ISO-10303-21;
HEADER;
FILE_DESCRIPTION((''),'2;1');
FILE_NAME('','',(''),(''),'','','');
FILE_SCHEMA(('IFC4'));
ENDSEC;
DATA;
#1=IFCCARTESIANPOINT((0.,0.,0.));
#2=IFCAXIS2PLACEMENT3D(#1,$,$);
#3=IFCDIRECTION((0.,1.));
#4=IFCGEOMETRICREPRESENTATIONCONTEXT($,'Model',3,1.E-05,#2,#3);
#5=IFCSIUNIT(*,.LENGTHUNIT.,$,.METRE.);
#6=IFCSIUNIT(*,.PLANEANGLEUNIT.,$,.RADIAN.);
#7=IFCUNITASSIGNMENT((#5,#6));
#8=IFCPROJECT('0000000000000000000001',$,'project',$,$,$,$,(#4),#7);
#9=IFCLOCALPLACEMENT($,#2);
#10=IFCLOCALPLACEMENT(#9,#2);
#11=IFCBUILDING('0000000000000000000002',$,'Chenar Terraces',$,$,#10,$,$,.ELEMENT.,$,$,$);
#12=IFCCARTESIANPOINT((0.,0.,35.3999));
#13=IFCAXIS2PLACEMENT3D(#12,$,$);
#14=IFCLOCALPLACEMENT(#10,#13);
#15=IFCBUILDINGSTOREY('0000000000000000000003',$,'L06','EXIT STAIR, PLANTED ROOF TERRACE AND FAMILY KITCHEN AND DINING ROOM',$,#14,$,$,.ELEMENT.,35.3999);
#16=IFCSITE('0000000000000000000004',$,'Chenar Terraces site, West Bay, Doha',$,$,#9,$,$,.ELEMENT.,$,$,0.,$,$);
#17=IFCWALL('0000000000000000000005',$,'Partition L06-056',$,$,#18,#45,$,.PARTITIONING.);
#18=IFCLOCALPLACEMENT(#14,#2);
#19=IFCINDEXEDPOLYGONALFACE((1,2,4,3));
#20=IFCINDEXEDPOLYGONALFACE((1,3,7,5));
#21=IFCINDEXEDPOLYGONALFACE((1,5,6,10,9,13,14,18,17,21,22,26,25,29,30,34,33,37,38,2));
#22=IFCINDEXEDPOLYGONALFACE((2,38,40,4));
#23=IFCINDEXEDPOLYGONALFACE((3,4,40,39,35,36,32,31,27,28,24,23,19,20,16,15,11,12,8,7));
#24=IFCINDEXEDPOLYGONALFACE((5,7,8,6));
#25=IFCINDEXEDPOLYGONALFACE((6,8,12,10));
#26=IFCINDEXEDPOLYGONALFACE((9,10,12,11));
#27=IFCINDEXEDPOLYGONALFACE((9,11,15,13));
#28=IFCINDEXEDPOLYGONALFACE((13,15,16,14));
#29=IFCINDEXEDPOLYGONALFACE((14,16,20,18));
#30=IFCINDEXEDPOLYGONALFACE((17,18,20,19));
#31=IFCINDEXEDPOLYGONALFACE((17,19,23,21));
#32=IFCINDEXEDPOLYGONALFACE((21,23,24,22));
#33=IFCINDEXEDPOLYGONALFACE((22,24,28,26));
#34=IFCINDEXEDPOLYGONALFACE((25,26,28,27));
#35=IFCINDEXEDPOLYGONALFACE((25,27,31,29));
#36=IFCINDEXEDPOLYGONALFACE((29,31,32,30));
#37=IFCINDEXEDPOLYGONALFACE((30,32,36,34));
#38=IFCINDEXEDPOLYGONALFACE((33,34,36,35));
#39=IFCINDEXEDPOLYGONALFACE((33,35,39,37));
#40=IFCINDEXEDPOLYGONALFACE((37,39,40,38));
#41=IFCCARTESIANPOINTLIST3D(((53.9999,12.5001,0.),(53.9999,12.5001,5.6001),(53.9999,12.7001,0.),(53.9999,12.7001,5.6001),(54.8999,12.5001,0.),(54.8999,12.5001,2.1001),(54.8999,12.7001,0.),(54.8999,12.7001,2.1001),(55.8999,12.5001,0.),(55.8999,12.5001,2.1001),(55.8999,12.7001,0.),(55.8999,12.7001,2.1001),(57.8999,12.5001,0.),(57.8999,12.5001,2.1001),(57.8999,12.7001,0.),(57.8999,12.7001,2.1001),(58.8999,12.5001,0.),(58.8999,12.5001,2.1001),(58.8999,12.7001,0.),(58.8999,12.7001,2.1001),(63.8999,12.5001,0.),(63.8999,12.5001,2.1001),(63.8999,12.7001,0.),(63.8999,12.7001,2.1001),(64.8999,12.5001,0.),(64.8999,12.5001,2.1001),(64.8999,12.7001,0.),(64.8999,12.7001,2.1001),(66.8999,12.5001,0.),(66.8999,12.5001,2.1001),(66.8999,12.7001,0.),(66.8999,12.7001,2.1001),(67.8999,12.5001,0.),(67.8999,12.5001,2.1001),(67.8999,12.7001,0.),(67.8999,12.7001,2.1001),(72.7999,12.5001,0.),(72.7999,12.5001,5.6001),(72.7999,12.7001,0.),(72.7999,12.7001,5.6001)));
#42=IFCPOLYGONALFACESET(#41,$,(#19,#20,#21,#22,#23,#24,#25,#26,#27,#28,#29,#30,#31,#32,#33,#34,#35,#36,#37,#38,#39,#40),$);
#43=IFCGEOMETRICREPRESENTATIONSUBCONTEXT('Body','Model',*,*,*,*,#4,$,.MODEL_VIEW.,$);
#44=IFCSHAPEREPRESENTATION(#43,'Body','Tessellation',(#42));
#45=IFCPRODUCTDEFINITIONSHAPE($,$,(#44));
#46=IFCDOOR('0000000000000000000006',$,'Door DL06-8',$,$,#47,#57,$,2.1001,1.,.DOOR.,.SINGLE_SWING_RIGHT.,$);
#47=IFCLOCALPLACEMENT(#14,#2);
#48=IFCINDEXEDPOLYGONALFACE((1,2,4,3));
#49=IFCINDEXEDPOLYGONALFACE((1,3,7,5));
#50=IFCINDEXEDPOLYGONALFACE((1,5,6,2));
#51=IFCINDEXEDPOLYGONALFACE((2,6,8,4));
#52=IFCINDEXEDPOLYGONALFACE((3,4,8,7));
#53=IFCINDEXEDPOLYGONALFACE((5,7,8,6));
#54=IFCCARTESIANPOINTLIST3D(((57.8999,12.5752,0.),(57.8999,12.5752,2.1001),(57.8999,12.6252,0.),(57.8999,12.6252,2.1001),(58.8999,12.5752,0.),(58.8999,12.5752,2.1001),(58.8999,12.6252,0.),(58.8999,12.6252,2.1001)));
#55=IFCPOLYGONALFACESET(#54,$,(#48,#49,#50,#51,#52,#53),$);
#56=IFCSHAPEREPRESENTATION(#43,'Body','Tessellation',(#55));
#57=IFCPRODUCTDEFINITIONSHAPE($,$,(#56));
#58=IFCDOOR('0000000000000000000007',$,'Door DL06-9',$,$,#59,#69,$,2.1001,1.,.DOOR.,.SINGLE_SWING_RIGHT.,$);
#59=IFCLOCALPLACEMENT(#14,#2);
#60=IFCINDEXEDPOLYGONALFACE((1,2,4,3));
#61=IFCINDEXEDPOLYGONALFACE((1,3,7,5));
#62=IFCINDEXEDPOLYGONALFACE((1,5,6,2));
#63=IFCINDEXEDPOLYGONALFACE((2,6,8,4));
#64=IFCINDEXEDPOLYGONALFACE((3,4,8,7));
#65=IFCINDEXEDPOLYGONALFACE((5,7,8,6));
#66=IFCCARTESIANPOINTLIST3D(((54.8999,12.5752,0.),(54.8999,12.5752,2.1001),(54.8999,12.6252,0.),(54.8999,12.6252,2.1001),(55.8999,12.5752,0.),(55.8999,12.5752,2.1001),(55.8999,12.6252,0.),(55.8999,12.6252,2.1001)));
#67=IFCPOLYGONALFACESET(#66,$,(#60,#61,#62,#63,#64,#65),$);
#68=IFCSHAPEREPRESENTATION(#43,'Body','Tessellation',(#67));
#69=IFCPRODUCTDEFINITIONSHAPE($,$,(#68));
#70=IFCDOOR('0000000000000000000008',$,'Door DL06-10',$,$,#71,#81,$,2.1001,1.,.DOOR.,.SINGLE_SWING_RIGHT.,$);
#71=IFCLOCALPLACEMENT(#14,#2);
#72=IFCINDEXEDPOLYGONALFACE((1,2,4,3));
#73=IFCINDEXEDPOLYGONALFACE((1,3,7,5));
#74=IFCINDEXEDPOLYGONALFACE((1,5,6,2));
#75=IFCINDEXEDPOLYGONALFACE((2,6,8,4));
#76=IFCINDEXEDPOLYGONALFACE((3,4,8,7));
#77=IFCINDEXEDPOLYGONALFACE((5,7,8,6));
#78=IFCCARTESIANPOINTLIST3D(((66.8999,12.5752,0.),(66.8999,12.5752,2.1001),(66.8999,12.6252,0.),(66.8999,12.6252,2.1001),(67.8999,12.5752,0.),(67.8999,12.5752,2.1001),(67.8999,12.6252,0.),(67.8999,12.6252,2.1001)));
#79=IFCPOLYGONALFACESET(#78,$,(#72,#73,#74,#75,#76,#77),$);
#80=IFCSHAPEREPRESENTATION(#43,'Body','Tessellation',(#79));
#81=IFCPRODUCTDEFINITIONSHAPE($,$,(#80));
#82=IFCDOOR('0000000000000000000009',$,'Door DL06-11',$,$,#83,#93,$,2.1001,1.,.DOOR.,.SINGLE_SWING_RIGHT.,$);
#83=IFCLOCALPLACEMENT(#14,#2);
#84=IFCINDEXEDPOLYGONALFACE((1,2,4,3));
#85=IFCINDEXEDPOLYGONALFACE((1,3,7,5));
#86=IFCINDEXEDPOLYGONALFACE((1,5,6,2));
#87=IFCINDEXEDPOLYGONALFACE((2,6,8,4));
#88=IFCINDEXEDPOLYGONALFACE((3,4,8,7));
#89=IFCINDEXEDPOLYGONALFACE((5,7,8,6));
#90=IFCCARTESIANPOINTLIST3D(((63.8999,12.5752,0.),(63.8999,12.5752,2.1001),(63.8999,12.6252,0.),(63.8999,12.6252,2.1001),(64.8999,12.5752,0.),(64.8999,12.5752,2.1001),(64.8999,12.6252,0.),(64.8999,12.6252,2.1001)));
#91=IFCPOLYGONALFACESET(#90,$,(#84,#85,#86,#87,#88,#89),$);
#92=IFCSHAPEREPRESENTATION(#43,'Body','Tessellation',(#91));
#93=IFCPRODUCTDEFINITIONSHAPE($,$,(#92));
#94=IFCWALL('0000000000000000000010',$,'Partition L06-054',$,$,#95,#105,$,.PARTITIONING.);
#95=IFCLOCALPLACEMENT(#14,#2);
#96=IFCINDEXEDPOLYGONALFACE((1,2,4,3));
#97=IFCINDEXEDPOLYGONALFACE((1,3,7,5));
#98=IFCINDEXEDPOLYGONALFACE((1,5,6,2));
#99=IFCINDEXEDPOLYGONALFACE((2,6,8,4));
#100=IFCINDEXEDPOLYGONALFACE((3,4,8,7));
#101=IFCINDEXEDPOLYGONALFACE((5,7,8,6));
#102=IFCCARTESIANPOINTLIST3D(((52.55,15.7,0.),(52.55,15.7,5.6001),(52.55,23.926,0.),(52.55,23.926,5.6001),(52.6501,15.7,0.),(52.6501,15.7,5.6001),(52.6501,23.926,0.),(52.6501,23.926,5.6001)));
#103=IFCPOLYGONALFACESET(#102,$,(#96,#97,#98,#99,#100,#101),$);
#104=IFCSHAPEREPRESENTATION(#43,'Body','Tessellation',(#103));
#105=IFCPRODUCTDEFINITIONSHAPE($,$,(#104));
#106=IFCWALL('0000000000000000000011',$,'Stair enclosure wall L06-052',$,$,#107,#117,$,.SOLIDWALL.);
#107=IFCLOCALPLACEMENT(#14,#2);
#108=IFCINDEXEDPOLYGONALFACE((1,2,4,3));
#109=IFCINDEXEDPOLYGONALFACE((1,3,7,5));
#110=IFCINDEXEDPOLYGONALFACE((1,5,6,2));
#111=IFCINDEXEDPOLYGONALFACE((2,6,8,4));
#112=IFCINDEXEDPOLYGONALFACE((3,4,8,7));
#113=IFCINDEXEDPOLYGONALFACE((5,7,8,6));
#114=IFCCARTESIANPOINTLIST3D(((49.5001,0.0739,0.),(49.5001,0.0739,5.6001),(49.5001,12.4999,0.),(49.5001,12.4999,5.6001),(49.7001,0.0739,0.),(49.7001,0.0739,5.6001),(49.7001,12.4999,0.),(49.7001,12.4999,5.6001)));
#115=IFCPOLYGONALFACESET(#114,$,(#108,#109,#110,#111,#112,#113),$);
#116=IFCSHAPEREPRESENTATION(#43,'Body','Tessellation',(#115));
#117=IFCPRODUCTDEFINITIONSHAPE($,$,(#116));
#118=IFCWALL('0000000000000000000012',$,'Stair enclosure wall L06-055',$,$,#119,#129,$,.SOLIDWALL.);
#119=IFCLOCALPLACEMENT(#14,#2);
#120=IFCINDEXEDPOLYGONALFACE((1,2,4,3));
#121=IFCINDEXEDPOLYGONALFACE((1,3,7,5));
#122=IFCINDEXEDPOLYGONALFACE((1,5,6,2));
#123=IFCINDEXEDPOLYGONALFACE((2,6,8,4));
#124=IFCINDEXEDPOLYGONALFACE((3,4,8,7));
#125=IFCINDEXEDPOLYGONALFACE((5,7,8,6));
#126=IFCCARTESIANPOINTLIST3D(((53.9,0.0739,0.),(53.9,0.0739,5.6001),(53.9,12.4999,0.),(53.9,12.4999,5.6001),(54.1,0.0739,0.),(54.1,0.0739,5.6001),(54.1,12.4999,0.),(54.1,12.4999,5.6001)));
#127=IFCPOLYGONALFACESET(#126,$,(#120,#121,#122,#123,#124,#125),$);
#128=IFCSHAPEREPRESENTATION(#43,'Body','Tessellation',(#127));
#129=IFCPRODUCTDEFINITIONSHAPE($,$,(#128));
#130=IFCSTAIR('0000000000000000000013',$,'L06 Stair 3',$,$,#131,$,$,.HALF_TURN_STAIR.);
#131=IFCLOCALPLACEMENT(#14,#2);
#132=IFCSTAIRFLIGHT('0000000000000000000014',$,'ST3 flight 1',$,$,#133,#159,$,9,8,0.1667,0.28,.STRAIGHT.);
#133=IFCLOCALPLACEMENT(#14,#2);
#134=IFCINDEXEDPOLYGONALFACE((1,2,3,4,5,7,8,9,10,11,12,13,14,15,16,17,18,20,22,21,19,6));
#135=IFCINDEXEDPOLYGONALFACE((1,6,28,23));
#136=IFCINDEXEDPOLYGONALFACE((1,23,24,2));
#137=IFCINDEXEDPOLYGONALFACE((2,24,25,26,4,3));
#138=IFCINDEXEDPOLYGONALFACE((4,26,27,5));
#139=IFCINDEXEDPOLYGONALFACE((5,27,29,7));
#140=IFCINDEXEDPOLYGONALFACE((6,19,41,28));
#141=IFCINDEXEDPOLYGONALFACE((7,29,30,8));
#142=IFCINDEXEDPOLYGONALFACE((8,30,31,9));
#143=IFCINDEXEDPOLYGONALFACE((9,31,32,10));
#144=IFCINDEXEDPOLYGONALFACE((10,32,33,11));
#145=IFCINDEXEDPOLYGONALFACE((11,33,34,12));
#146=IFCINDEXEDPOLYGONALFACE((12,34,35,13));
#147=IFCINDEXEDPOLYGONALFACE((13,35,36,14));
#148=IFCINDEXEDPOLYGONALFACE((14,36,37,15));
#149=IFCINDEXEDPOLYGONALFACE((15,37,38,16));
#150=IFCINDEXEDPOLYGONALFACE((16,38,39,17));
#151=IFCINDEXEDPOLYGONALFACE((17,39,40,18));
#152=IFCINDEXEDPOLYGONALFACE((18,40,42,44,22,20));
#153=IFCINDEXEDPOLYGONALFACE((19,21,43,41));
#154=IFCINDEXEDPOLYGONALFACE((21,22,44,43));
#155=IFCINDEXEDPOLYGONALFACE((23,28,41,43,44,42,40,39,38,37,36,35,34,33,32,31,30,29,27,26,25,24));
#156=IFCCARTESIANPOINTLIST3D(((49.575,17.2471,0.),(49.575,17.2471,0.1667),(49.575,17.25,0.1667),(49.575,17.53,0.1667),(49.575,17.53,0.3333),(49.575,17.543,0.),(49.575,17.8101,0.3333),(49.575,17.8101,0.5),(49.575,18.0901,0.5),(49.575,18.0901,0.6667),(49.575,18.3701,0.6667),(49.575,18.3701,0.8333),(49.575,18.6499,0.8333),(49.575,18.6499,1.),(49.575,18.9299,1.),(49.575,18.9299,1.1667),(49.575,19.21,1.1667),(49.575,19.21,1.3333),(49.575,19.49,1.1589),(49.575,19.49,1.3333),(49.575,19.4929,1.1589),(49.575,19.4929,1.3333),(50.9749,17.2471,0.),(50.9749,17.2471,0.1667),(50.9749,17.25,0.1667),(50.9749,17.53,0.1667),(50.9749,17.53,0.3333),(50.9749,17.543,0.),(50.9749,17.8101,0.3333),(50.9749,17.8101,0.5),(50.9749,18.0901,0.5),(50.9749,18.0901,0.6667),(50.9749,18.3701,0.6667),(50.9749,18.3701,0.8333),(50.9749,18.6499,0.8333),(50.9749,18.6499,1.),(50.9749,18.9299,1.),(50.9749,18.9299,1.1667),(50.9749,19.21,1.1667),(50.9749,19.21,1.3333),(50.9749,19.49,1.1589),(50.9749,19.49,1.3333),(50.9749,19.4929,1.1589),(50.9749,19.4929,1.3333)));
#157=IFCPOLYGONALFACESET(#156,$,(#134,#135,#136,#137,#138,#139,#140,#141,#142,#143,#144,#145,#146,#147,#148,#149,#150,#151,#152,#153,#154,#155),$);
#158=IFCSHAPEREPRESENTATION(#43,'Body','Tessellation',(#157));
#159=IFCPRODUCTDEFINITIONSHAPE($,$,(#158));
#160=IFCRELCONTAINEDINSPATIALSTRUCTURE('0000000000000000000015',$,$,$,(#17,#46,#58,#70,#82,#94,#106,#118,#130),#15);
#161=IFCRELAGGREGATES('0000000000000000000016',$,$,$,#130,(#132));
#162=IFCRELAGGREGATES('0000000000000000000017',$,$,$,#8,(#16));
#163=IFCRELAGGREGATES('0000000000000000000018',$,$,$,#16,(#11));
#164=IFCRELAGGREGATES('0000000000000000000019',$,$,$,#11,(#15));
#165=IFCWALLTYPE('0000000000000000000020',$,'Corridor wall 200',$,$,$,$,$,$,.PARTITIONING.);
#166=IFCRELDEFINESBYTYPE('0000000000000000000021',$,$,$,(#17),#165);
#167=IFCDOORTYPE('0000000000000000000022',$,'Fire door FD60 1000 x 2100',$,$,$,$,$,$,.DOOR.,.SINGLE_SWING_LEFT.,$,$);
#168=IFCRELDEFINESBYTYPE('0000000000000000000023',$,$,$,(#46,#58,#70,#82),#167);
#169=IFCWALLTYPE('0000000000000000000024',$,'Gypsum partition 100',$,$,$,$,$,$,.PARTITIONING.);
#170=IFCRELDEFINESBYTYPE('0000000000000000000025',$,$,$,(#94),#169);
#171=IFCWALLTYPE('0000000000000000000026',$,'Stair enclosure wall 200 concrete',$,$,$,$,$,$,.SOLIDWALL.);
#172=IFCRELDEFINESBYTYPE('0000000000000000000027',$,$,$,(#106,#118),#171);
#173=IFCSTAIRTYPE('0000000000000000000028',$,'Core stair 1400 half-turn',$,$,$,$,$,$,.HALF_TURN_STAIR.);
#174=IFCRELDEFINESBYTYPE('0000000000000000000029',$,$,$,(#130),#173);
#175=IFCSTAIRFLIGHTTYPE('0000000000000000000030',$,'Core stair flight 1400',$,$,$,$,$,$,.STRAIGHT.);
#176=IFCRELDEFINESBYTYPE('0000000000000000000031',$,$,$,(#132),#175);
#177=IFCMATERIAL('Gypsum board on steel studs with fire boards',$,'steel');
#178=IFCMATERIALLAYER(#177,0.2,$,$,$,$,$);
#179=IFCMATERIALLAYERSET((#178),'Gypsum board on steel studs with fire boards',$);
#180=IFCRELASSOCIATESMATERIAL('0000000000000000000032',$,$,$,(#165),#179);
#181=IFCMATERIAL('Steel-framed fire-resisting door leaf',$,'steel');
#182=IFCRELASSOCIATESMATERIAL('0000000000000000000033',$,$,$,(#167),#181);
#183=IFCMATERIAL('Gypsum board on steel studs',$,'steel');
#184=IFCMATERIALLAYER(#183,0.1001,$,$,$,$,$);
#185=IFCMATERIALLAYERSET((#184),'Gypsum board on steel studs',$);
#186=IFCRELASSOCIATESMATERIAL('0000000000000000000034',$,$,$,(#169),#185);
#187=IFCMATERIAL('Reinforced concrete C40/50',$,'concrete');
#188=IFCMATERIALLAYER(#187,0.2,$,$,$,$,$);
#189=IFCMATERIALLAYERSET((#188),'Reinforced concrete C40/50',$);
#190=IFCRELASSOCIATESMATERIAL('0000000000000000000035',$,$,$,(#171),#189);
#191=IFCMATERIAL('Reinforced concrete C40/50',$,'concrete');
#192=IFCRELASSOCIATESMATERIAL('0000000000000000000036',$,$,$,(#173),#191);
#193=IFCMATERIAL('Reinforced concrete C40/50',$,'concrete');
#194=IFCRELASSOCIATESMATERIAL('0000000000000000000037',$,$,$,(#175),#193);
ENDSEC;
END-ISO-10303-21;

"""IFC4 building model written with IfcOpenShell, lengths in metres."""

from ifc_helpers import new_model, si_unit, direction, frame, frame_2d, origin, place, context, subcontext, project, spatial, polyline, rectangle, outline, extrude, material, layer, layer_set, type_object, element, fill, aggregate, save


model = new_model("IFC4")

# Units and contexts
model_context = context("Model", 3, precision=1e-05, world=origin(), true_north=direction((0.0, 1.0)))
body_context = subcontext(model_context, "Body", "Model", "MODEL_VIEW")
ifc_project = project(units=[si_unit("LENGTHUNIT", "METRE"), si_unit("PLANEANGLEUNIT", "RADIAN")], contexts=[model_context])

# Site, building, storey
site_placement = place(None, origin())
site = spatial("IfcSite", under=ifc_project, at=site_placement, Name="Chenar Terraces site, West Bay, Doha", CompositionType="ELEMENT", RefElevation=0.0)
building_placement = place(site_placement, origin())
building = spatial("IfcBuilding", under=site, at=building_placement, Name="Chenar Terraces", CompositionType="ELEMENT")
storey_placement = place(building_placement, frame((0.0, 0.0, 35.3999)))
storey = spatial("IfcBuildingStorey", under=building, at=storey_placement, Name="L06", Description="EXIT STAIR, PLANTED ROOF TERRACE AND FAMILY KITCHEN AND DINING ROOM", CompositionType="ELEMENT", Elevation=35.3999)

# Wall, openings, doors
ifc_material_1 = material(Name="Gypsum board on steel studs with fire boards", Category="steel")
ifc_layer_1 = layer(ifc_material_1, 0.2)
ifc_layer_set_1 = layer_set([ifc_layer_1], Name="Gypsum board on steel studs with fire boards")
wall_type_1 = type_object("IfcWallType", Name="Corridor wall 200", PredefinedType="PARTITIONING", material=ifc_layer_set_1)
ifc_material_2 = material(Name="Steel-framed fire-resisting door leaf", Category="steel")
door_type_1 = type_object("IfcDoorType", Name="Fire door FD60 1000 x 2100", OperationType="SINGLE_SWING_LEFT", PredefinedType="DOOR", material=ifc_material_2)
wall_1_placement = place(storey_placement, frame((54.0, 12.6001, 0.0), z_axis=(0.0, 0.0, 1.0), x_axis=(1.0, 0.0, 0.0)))
wall_1 = element("IfcWall", 1, at=wall_1_placement, inside=storey, type_object=wall_type_1, Name="Partition L06-056", PredefinedType="PARTITIONING", context=body_context, shape_type="SweptSolid", body=[
    extrude(rectangle(XDim=18.8, YDim=0.2, at=frame_2d((9.3999, 0.0))), origin(), (0.0, 0.0, 1.0), 5.6001),
])
opening_1_placement = place(wall_1_placement, frame((3.8999, 0.0, 0.0)))
opening_1 = element("IfcOpeningElement", 2, at=opening_1_placement, cuts=wall_1, PredefinedType="OPENING", context=body_context, shape_type="SweptSolid", body=[
    extrude(rectangle(XDim=1.0, YDim=2.1001, at=frame_2d((0.5, 1.05))), frame((0.0, 0.1099, 0.0), z_axis=(0.0, -1.0, 0.0), x_axis=(1.0, 0.0, 0.0)), (0.0, 0.0, 1.0), 0.22),
])
opening_2_placement = place(wall_1_placement, frame((0.8999, 0.0, 0.0)))
opening_2 = element("IfcOpeningElement", 3, at=opening_2_placement, cuts=wall_1, PredefinedType="OPENING", context=body_context, shape_type="SweptSolid", body=[
    extrude(rectangle(XDim=1.0, YDim=2.1001, at=frame_2d((0.5, 1.05))), frame((0.0, 0.1099, 0.0), z_axis=(0.0, -1.0, 0.0), x_axis=(1.0, 0.0, 0.0)), (0.0, 0.0, 1.0), 0.22),
])
opening_3_placement = place(wall_1_placement, frame((12.8999, 0.0, 0.0)))
opening_3 = element("IfcOpeningElement", 4, at=opening_3_placement, cuts=wall_1, PredefinedType="OPENING", context=body_context, shape_type="SweptSolid", body=[
    extrude(rectangle(XDim=1.0, YDim=2.1001, at=frame_2d((0.5, 1.05))), frame((0.0, 0.1099, 0.0), z_axis=(0.0, -1.0, 0.0), x_axis=(1.0, 0.0, 0.0)), (0.0, 0.0, 1.0), 0.22),
])
opening_4_placement = place(wall_1_placement, frame((9.8999, 0.0, 0.0)))
opening_4 = element("IfcOpeningElement", 5, at=opening_4_placement, cuts=wall_1, PredefinedType="OPENING", context=body_context, shape_type="SweptSolid", body=[
    extrude(rectangle(XDim=1.0, YDim=2.1001, at=frame_2d((0.5, 1.05))), frame((0.0, 0.1099, 0.0), z_axis=(0.0, -1.0, 0.0), x_axis=(1.0, 0.0, 0.0)), (0.0, 0.0, 1.0), 0.22),
])
door_1_placement = place(opening_1_placement, frame((1.0, 0.0, 0.0), z_axis=(0.0, 0.0, 1.0), x_axis=(-1.0, 0.0, 0.0)))
door_1 = element("IfcDoor", 6, at=door_1_placement, inside=storey, type_object=door_type_1, Name="Door DL06-8", OperationType="SINGLE_SWING_RIGHT", OverallHeight=2.1001, OverallWidth=1.0, PredefinedType="DOOR", context=body_context, shape_type="SweptSolid", body=[
    extrude(rectangle(XDim=1.0, YDim=2.1001, at=frame_2d((0.5, 1.05))), frame((0.0, 0.0249, 0.0), z_axis=(0.0, -1.0, 0.0), x_axis=(1.0, 0.0, 0.0)), (0.0, 0.0, 1.0), 0.05),
])
fill(opening_1, door_1)
door_2_placement = place(opening_2_placement, frame((1.0, 0.0, 0.0), z_axis=(0.0, 0.0, 1.0), x_axis=(-1.0, 0.0, 0.0)))
door_2 = element("IfcDoor", 7, at=door_2_placement, inside=storey, type_object=door_type_1, Name="Door DL06-9", OperationType="SINGLE_SWING_RIGHT", OverallHeight=2.1001, OverallWidth=1.0, PredefinedType="DOOR", context=body_context, shape_type="SweptSolid", body=[
    extrude(rectangle(XDim=1.0, YDim=2.1001, at=frame_2d((0.5, 1.05))), frame((0.0, 0.0249, 0.0), z_axis=(0.0, -1.0, 0.0), x_axis=(1.0, 0.0, 0.0)), (0.0, 0.0, 1.0), 0.05),
])
fill(opening_2, door_2)
door_3_placement = place(opening_3_placement, frame((1.0, 0.0, 0.0), z_axis=(0.0, 0.0, 1.0), x_axis=(-1.0, 0.0, 0.0)))
door_3 = element("IfcDoor", 8, at=door_3_placement, inside=storey, type_object=door_type_1, Name="Door DL06-10", OperationType="SINGLE_SWING_RIGHT", OverallHeight=2.1001, OverallWidth=1.0, PredefinedType="DOOR", context=body_context, shape_type="SweptSolid", body=[
    extrude(rectangle(XDim=1.0, YDim=2.1001, at=frame_2d((0.5, 1.05))), frame((0.0, 0.0249, 0.0), z_axis=(0.0, -1.0, 0.0), x_axis=(1.0, 0.0, 0.0)), (0.0, 0.0, 1.0), 0.05),
])
fill(opening_3, door_3)
door_4_placement = place(opening_4_placement, frame((1.0, 0.0, 0.0), z_axis=(0.0, 0.0, 1.0), x_axis=(-1.0, 0.0, 0.0)))
door_4 = element("IfcDoor", 9, at=door_4_placement, inside=storey, type_object=door_type_1, Name="Door DL06-11", OperationType="SINGLE_SWING_RIGHT", OverallHeight=2.1001, OverallWidth=1.0, PredefinedType="DOOR", context=body_context, shape_type="SweptSolid", body=[
    extrude(rectangle(XDim=1.0, YDim=2.1001, at=frame_2d((0.5, 1.05))), frame((0.0, 0.0249, 0.0), z_axis=(0.0, -1.0, 0.0), x_axis=(1.0, 0.0, 0.0)), (0.0, 0.0, 1.0), 0.05),
])
fill(opening_4, door_4)

# Walls
ifc_material_3 = material(Name="Gypsum board on steel studs", Category="steel")
ifc_layer_2 = layer(ifc_material_3, 0.1001)
ifc_layer_set_2 = layer_set([ifc_layer_2], Name="Gypsum board on steel studs")
wall_type_2 = type_object("IfcWallType", Name="Gypsum partition 100", PredefinedType="PARTITIONING", material=ifc_layer_set_2)
wall_2_placement = place(storey_placement, frame((52.6001, 15.7, 0.0), z_axis=(0.0, 0.0, 1.0), x_axis=(0.0, 1.0, 0.0)))
element("IfcWall", 10, at=wall_2_placement, inside=storey, type_object=wall_type_2, Name="Partition L06-054", PredefinedType="PARTITIONING", context=body_context, shape_type="SweptSolid", body=[
    extrude(rectangle(XDim=8.2261, YDim=0.1001, at=frame_2d((4.113, 0.0))), origin(), (0.0, 0.0, 1.0), 5.6001),
])
ifc_material_4 = material(Name="Reinforced concrete C40/50", Category="concrete")
ifc_layer_3 = layer(ifc_material_4, 0.2)
ifc_layer_set_3 = layer_set([ifc_layer_3], Name="Reinforced concrete C40/50")
wall_type_3 = type_object("IfcWallType", Name="Stair enclosure wall 200 concrete", PredefinedType="SOLIDWALL", material=ifc_layer_set_3)
for number, where, z_axis, x_axis, name in (
    (11, (49.6001, 0.074, 0.0), (0.0, 0.0, 1.0), (0.0, 1.0, 0.0), "Stair enclosure wall L06-052"),
    (12, (54.0, 0.074, 0.0), (0.0, 0.0, 1.0), (0.0, 1.0, 0.0), "Stair enclosure wall L06-055"),
):
    element("IfcWall", number, at=place(storey_placement, frame(where, z_axis=z_axis, x_axis=x_axis)), inside=storey, type_object=wall_type_3, Name=name, PredefinedType="SOLIDWALL", context=body_context, shape_type="SweptSolid", body=[
        extrude(rectangle(XDim=12.426, YDim=0.2, at=frame_2d((6.2129, 0.0))), origin(), (0.0, 0.0, 1.0), 5.6001),
    ])

# Stair, stair flight
ifc_material_5 = material(Name="Reinforced concrete C40/50", Category="concrete")
stair_type = type_object("IfcStairType", Name="Core stair 1400 half-turn", PredefinedType="HALF_TURN_STAIR", material=ifc_material_5)
stair_placement = place(storey_placement, origin())
stair = element("IfcStair", 13, at=stair_placement, inside=storey, type_object=stair_type, Name="L06 Stair 3", PredefinedType="HALF_TURN_STAIR")
ifc_material_6 = material(Name="Reinforced concrete C40/50", Category="concrete")
stair_flight_type = type_object("IfcStairFlightType", Name="Core stair flight 1400", PredefinedType="STRAIGHT", material=ifc_material_6)
stair_flight_placement = place(storey_placement, frame((50.2749, 17.25, 0.0), z_axis=(0.0, 0.0, 1.0), x_axis=(0.0, 1.0, 0.0)))
stair_flight = element("IfcStairFlight", 14, at=stair_flight_placement, type_object=stair_flight_type, Name="ST3 flight 1", NumberOfRisers=9, NumberOfTreads=8, PredefinedType="STRAIGHT", RiserHeight=0.1667, TreadLength=0.28, context=body_context, shape_type="SweptSolid", body=[
    extrude(outline(polyline([(-0.0029, 0.0), (-0.0029, 0.1667), (0.0, 0.1667), (0.28, 0.1667), (0.28, 0.3333), (0.5601, 0.3333), (0.5601, 0.5), (0.8401, 0.5), (0.8401, 0.6667), (1.1201, 0.6667), (1.1201, 0.8333), (1.3999, 0.8333), (1.3999, 1.0), (1.6799, 1.0), (1.6799, 1.1667), (1.96, 1.1667), (1.96, 1.3333), (2.24, 1.3333), (2.2429, 1.3333), (2.2429, 1.1589), (2.24, 1.1589), (0.293, 0.0), (-0.0029, 0.0)])), frame((0.0, 0.7, 0.0), z_axis=(0.0, -1.0, 0.0), x_axis=(1.0, 0.0, 0.0)), (0.0, 0.0, 1.0), 1.3999),
])
aggregate(stair, [stair_flight])

save(model, "model.ifc")
